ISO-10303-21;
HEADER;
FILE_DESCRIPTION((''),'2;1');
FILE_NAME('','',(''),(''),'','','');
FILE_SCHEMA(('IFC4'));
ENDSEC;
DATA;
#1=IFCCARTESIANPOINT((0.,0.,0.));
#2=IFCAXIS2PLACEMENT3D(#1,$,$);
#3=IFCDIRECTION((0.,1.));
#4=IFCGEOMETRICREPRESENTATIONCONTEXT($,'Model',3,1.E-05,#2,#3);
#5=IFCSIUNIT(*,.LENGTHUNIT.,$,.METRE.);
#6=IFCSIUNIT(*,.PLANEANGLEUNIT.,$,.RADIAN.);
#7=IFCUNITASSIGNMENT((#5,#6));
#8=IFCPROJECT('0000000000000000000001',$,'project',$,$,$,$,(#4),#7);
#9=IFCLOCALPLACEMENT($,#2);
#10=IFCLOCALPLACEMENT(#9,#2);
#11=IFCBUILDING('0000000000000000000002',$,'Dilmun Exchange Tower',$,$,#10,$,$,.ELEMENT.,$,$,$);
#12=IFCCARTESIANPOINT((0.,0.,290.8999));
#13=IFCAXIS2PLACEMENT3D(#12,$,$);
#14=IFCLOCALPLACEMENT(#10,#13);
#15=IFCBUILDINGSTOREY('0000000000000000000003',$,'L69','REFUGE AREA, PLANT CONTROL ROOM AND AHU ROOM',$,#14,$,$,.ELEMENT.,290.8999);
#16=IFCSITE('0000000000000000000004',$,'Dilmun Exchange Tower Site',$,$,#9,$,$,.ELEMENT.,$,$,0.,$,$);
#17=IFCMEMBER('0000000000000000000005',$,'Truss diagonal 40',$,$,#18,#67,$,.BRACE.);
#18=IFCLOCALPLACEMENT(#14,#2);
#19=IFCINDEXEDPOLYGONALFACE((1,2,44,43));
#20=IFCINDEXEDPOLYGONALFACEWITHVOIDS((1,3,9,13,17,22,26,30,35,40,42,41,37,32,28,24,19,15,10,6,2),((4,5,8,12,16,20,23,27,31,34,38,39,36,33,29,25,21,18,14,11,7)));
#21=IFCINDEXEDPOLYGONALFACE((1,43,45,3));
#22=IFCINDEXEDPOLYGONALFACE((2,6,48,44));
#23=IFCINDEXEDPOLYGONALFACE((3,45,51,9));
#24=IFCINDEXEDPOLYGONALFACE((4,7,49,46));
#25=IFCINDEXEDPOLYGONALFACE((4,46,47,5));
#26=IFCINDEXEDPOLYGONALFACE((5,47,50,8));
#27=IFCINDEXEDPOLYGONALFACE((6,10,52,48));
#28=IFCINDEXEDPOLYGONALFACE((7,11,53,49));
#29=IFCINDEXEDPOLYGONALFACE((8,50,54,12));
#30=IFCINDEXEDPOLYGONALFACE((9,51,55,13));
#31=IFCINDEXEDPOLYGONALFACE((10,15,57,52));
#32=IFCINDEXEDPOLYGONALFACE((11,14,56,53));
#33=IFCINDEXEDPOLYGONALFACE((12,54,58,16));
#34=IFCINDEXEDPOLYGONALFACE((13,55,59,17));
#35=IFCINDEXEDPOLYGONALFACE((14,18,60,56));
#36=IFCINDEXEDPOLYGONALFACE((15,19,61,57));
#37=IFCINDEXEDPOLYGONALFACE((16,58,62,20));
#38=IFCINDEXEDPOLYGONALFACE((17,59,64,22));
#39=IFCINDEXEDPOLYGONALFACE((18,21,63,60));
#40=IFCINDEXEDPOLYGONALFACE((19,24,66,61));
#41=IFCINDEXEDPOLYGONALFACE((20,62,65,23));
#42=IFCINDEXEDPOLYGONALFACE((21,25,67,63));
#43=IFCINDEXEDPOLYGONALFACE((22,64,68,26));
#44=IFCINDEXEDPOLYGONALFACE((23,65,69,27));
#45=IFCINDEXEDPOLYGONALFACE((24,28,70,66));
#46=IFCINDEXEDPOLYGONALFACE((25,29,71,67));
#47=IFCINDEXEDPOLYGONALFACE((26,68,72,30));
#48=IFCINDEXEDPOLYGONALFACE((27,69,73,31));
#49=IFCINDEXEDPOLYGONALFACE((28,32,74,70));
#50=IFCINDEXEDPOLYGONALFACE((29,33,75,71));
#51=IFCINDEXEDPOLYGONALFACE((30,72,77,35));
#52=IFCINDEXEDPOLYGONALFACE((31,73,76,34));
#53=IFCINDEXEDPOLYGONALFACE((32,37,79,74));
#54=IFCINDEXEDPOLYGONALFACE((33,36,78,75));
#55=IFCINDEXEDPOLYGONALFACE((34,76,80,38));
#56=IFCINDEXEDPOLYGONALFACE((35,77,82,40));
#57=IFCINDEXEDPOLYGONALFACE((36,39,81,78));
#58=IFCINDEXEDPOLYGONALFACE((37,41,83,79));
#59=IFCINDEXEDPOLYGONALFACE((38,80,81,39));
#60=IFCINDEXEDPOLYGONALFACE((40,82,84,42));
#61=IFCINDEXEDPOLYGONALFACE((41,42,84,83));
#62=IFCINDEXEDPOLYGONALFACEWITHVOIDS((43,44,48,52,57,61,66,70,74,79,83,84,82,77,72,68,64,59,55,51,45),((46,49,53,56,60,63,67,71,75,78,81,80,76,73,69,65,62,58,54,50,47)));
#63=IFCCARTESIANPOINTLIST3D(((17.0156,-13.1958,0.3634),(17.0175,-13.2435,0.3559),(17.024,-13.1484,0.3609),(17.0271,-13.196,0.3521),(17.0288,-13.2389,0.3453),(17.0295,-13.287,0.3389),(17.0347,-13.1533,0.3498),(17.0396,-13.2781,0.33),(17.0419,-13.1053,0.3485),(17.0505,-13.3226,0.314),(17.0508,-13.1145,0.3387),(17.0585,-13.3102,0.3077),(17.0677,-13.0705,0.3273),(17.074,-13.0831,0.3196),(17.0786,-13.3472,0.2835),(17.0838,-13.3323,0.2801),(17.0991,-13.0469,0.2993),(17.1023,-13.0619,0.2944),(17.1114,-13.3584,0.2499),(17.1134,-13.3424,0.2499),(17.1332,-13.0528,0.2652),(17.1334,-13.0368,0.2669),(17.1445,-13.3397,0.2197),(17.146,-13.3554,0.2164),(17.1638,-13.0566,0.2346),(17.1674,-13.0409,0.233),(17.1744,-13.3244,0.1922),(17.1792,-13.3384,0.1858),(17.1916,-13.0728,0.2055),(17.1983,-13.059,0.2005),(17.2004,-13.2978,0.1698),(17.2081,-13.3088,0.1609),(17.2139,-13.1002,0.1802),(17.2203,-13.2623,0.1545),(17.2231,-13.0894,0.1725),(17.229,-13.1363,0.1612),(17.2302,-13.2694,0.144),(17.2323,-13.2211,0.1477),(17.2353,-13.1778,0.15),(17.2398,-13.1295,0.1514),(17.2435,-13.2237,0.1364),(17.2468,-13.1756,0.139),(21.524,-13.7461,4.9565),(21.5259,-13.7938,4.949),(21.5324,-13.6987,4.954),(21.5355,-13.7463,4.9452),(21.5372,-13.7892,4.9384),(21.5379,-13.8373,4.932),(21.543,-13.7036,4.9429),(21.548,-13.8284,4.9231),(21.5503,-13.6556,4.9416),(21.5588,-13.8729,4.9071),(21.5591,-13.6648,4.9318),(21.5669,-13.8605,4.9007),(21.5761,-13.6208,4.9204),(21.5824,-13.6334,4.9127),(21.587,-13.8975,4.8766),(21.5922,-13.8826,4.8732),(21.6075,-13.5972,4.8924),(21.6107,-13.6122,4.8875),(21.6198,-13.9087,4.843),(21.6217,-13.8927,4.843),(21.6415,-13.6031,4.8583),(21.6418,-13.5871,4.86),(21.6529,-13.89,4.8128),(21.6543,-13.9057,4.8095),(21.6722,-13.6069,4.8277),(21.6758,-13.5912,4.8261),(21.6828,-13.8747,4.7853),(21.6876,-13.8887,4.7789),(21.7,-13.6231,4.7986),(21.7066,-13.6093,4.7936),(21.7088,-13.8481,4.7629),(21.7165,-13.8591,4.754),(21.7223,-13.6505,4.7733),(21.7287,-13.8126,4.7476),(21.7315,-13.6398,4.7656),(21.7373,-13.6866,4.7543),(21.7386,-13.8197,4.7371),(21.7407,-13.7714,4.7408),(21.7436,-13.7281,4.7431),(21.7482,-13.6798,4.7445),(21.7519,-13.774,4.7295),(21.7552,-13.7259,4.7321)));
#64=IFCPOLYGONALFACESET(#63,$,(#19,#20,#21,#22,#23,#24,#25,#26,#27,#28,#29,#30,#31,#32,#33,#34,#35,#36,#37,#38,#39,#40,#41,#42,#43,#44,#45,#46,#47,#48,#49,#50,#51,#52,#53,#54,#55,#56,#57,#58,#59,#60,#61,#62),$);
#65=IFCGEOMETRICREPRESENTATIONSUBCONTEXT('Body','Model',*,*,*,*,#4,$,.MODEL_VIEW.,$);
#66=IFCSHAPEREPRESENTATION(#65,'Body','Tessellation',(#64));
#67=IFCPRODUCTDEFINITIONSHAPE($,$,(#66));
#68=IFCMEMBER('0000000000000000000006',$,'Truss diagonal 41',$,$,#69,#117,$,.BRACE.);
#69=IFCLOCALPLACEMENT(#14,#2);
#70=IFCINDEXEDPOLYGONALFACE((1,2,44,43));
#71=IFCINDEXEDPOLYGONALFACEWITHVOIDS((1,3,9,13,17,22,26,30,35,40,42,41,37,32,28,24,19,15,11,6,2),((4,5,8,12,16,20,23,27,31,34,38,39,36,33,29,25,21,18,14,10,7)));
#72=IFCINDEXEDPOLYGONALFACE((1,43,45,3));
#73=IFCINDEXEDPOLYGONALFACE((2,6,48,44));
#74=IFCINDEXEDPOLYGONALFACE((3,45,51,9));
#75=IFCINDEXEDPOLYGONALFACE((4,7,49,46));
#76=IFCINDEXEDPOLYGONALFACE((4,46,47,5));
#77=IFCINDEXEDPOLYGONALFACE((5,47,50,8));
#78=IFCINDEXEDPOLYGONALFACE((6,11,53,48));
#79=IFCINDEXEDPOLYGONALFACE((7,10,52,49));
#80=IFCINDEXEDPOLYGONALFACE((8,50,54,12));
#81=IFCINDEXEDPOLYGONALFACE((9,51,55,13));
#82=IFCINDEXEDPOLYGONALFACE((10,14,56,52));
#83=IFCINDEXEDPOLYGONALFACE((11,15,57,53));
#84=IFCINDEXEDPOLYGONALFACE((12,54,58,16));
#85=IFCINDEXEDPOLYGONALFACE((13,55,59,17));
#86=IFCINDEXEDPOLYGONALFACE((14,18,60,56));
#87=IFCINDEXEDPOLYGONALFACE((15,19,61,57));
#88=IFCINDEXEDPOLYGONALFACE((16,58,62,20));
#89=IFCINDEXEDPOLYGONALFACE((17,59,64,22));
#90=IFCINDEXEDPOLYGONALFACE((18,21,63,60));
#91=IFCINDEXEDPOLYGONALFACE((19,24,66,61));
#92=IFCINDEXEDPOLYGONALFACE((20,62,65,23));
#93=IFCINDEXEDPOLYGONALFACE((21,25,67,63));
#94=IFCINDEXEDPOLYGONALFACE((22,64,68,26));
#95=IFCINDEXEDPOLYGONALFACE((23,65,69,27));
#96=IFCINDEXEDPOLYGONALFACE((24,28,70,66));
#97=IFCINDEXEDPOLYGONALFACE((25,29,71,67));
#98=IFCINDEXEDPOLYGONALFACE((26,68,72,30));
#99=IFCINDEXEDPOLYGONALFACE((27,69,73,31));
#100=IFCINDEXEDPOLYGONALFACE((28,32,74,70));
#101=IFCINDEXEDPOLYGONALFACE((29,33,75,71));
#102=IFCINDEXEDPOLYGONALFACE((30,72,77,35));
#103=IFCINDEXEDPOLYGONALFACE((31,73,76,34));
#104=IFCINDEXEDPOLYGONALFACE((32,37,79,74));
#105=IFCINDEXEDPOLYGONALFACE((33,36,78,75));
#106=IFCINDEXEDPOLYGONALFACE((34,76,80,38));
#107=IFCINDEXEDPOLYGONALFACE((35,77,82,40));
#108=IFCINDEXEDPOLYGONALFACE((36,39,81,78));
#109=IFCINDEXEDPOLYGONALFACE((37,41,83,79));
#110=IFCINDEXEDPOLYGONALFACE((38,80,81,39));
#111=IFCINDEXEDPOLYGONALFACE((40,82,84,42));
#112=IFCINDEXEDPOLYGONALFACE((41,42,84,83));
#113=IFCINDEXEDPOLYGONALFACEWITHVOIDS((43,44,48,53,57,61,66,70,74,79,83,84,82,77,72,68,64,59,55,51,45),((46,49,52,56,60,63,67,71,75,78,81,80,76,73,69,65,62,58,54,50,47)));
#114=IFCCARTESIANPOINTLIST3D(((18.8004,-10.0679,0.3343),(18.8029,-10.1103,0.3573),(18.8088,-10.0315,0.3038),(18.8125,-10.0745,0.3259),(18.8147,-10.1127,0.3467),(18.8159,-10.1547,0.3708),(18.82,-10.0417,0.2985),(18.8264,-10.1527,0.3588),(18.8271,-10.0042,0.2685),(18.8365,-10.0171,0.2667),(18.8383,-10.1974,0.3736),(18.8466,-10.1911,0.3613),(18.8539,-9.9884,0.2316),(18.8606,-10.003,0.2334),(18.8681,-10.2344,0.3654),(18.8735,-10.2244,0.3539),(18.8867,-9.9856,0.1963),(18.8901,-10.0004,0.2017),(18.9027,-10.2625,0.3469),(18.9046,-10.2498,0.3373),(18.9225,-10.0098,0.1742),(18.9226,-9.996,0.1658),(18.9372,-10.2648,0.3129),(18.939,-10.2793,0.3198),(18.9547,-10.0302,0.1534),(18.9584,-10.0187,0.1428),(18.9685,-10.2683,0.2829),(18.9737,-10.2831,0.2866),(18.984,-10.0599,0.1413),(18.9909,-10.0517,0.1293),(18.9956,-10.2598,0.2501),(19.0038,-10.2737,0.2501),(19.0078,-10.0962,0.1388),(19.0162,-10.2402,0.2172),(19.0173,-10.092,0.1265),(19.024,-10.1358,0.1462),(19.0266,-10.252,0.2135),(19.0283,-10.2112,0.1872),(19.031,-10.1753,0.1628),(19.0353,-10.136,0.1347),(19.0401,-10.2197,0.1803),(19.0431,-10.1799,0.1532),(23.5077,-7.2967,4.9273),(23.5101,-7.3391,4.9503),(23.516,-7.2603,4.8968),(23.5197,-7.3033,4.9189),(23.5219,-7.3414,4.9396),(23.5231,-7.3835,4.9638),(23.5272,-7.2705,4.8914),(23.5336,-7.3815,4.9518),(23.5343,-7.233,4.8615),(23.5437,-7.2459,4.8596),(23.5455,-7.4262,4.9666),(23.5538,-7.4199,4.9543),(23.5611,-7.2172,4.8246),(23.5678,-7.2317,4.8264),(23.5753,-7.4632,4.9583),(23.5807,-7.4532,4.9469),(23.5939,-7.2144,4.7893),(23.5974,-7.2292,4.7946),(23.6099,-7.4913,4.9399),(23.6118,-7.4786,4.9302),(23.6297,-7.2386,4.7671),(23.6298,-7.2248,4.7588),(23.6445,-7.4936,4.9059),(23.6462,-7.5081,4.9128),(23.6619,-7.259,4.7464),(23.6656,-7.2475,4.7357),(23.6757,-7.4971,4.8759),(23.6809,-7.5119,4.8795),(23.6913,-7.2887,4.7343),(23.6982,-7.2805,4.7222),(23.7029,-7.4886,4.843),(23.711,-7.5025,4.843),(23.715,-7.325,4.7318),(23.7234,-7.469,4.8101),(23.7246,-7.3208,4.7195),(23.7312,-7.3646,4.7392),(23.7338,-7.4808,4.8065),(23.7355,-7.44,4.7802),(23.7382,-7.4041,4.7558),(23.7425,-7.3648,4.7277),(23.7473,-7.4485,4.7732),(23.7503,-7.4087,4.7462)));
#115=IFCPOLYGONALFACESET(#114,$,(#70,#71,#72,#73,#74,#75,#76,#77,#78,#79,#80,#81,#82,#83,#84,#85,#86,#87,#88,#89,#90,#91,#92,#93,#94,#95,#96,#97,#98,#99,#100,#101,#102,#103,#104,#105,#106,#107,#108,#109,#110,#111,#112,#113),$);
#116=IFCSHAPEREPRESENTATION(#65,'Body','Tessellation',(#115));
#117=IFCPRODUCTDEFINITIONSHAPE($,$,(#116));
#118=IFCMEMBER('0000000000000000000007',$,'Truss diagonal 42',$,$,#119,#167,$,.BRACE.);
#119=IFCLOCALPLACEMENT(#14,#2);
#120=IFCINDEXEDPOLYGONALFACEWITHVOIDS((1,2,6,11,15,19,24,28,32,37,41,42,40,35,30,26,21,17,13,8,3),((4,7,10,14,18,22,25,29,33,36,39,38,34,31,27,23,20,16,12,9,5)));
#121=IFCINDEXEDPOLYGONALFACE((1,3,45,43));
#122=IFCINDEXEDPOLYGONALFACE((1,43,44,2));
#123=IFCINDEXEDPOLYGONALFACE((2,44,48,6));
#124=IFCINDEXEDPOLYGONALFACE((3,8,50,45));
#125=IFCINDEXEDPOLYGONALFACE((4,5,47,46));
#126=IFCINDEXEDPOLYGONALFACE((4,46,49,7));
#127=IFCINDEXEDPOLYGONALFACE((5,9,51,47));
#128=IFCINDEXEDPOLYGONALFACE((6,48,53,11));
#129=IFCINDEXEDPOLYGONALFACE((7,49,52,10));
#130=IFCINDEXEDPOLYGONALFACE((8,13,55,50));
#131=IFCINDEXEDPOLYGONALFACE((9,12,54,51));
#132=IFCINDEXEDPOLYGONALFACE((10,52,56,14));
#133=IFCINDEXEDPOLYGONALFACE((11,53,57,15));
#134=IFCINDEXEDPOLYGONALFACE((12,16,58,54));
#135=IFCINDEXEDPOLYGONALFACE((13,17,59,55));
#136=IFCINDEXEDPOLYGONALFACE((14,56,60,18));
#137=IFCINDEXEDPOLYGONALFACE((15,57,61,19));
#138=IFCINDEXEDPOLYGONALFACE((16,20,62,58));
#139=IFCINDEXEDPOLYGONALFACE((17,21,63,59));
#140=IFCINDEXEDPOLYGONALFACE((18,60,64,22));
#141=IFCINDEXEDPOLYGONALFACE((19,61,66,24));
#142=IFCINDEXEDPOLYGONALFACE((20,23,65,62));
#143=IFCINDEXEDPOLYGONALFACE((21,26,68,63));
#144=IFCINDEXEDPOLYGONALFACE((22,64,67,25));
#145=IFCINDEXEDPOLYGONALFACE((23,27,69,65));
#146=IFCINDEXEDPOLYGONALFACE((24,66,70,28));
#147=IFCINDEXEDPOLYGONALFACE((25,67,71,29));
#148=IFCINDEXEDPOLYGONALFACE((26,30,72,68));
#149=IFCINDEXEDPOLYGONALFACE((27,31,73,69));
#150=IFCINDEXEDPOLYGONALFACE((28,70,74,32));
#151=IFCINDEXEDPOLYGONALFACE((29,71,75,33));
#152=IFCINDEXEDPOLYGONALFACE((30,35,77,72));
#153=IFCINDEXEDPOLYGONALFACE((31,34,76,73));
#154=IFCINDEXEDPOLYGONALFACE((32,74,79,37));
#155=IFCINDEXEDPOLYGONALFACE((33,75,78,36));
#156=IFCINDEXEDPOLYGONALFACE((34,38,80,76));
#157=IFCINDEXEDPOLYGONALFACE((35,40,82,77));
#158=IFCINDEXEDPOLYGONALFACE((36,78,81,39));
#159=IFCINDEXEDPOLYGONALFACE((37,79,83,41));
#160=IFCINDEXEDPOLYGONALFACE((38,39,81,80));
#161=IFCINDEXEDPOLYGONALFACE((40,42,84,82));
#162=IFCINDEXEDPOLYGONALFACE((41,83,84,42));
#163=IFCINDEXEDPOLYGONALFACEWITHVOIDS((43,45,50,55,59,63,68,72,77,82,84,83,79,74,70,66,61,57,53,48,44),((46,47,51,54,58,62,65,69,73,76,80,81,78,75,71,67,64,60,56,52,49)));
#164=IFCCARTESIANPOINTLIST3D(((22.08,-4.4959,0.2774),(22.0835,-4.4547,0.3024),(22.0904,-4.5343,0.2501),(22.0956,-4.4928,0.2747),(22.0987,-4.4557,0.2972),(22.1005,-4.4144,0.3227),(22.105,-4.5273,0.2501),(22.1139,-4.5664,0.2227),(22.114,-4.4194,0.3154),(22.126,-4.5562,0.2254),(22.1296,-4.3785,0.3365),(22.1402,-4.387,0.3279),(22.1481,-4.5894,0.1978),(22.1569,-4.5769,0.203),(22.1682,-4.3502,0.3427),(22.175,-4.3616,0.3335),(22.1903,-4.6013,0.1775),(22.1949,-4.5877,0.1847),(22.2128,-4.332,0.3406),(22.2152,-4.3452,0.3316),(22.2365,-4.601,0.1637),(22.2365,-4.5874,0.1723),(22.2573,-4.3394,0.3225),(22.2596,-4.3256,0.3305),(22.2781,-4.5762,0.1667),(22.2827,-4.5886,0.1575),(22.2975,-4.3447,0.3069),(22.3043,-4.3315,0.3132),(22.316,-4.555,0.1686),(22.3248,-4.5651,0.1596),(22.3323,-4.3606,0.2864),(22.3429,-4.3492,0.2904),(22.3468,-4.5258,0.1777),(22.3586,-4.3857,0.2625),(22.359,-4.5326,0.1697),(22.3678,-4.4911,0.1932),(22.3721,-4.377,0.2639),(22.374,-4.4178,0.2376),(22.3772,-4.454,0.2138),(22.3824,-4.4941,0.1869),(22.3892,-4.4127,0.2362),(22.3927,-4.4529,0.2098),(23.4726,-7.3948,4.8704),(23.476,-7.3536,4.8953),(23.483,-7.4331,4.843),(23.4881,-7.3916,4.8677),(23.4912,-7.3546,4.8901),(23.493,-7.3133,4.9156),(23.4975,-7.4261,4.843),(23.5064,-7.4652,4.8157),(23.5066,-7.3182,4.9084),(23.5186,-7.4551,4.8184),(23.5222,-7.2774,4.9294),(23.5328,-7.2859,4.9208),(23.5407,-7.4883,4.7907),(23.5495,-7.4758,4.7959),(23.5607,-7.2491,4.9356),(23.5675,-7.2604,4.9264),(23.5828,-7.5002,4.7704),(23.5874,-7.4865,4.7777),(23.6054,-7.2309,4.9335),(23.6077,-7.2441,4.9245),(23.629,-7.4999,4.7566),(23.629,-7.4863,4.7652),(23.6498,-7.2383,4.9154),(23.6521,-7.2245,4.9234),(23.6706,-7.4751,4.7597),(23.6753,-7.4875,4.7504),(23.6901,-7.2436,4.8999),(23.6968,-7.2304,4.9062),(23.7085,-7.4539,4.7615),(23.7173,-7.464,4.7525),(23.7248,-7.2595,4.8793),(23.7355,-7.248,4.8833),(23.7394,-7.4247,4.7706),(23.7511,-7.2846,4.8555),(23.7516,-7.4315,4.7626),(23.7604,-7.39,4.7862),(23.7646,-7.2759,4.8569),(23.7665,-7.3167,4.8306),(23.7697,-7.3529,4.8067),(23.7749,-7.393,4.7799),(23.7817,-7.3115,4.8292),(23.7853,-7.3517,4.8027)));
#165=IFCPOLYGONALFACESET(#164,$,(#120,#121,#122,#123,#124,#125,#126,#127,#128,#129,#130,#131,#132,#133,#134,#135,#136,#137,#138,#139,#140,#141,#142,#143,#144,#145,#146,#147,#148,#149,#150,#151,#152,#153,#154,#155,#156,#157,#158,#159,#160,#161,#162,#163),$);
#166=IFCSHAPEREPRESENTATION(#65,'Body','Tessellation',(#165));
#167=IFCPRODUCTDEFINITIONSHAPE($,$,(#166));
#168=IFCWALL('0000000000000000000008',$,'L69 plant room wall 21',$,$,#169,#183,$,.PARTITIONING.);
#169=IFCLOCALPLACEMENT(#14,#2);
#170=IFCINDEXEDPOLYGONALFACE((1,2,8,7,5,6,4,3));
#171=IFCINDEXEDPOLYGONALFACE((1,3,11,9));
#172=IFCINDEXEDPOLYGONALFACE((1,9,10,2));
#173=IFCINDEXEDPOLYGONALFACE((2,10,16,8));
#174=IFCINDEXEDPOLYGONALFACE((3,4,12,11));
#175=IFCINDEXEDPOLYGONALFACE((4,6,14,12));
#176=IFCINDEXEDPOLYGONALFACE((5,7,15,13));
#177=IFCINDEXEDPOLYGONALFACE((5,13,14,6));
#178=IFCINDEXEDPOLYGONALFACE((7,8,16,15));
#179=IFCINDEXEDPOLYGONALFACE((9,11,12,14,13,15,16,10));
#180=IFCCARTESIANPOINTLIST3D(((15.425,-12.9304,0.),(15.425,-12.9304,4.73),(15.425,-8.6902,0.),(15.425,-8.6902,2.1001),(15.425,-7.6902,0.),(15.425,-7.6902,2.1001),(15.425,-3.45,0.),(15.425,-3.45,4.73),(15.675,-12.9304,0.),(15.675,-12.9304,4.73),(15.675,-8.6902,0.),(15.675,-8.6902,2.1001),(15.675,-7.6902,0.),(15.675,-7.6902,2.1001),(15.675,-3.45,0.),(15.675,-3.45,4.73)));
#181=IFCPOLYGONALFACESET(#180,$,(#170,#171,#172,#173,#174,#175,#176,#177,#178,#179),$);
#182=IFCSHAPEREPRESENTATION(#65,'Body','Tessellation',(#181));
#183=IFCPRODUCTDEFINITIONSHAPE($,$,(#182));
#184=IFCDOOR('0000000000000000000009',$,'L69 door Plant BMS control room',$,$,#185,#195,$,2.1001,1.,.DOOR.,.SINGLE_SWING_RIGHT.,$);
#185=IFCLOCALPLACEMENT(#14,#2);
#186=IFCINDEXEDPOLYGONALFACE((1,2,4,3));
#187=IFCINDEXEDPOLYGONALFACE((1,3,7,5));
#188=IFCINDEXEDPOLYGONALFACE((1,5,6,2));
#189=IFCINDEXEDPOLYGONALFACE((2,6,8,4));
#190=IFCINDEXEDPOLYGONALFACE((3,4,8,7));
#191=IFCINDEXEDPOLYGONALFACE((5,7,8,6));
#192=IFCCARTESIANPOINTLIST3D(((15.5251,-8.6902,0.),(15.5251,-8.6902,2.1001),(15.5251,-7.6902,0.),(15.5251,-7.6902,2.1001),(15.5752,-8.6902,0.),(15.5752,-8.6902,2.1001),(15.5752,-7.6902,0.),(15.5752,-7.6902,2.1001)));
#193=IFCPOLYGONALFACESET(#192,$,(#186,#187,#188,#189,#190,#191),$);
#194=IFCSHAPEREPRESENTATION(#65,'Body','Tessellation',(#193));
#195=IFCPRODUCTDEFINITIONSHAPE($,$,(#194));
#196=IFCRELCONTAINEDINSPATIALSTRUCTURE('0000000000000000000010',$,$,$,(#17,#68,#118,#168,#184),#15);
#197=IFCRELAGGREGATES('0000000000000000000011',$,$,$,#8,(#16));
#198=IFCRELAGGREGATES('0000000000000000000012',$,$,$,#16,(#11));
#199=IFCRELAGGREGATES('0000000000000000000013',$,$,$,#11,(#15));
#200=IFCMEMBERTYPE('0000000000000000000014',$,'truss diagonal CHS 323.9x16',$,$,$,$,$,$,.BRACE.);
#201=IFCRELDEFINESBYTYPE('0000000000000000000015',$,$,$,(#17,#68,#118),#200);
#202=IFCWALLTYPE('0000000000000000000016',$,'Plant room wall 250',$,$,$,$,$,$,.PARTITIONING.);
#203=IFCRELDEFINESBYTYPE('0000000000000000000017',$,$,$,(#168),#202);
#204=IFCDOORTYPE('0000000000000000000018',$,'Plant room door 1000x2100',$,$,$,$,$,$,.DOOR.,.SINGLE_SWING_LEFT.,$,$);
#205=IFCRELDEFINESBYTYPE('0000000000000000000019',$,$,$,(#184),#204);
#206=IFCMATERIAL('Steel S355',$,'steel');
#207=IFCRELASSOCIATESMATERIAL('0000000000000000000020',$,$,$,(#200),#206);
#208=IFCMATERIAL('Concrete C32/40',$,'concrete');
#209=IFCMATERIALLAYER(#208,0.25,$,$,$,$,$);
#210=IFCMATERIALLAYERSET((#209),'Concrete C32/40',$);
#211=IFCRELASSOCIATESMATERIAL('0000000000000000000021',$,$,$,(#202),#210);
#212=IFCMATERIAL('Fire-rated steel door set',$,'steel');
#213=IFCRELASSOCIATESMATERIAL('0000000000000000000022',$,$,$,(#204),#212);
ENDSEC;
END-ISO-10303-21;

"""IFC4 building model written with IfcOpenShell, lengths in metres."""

from ifc_helpers import new_model, si_unit, direction, frame, frame_2d, origin, origin_2d, place, context, subcontext, project, spatial, rectangle, hollow_circle, extrude, material, layer, layer_set, material_profile, profile_set, type_object, element, fill, save


model = new_model("IFC4")

# Units and contexts
model_context = context("Model", 3, precision=1e-05, world=origin(), true_north=direction((0.0, 1.0)))
body_context = subcontext(model_context, "Body", "Model", "MODEL_VIEW")
ifc_project = project(units=[si_unit("LENGTHUNIT", "METRE"), si_unit("PLANEANGLEUNIT", "RADIAN")], contexts=[model_context])

# Site, building, storey
site_placement = place(None, origin())
site = spatial("IfcSite", under=ifc_project, at=site_placement, Name="Dilmun Exchange Tower Site", CompositionType="ELEMENT", RefElevation=0.0)
building_placement = place(site_placement, origin())
building = spatial("IfcBuilding", under=site, at=building_placement, Name="Dilmun Exchange Tower", CompositionType="ELEMENT")
storey_placement = place(building_placement, frame((0.0, 0.0, 290.8999)))
storey = spatial("IfcBuildingStorey", under=building, at=storey_placement, Name="L69", Description="REFUGE AREA, PLANT CONTROL ROOM AND AHU ROOM", CompositionType="ELEMENT", Elevation=290.8999)

# Shared definitions
ifc_material_1 = material(Name="Steel S355", Category="steel")

# Members
ifc_material_profile_1 = material_profile(ifc_material_1, hollow_circle(Radius=0.1619, WallThickness=0.0161, at=origin_2d()), Name="CHS 323.9x16")
ifc_profile_set_1 = profile_set([ifc_material_profile_1], Name="Steel S355")
member_type = type_object("IfcMemberType", Name="truss diagonal CHS 323.9x16", PredefinedType="BRACE", material=ifc_profile_set_1)
member_1_placement = place(storey_placement, frame((21.6394, -13.748, 4.843), z_axis=(-0.697948, 0.085193, -0.711063), x_axis=(-0.121163, -0.992633, 0.0)))
element("IfcMember", 1, at=member_1_placement, inside=storey, type_object=member_type, Name="Truss diagonal 40", PredefinedType="BRACE", context=body_context, shape_type="SweptSolid", body=[
    extrude(hollow_circle(Radius=0.1619, WallThickness=0.0161, at=origin_2d()), origin(), (0.0, 0.0, 1.0), 6.4595),
])
member_2_placement = place(storey_placement, frame((23.6289, -7.363, 4.843), z_axis=(-0.659577, -0.388302, -0.643568), x_axis=(0.507327, -0.861754, 0.0)))
element("IfcMember", 2, at=member_2_placement, inside=storey, type_object=member_type, Name="Truss diagonal 41", PredefinedType="BRACE", context=body_context, shape_type="SweptSolid", body=[
    extrude(hollow_circle(Radius=0.1619, WallThickness=0.0161, at=origin_2d()), origin(), (0.0, 0.0, 1.0), 7.1367),
])
member_3_placement = place(storey_placement, frame((23.6289, -7.363, 4.843), z_axis=(-0.248363, 0.517016, -0.819152), x_axis=(-0.90139, -0.433007, 0.0)))
element("IfcMember", 3, at=member_3_placement, inside=storey, type_object=member_type, Name="Truss diagonal 42", PredefinedType="BRACE", context=body_context, shape_type="SweptSolid", body=[
    extrude(hollow_circle(Radius=0.1619, WallThickness=0.0161, at=origin_2d()), origin(), (0.0, 0.0, 1.0), 5.6069),
])

# Wall, opening, door
ifc_material_2 = material(Name="Concrete C32/40", Category="concrete")
ifc_layer_1 = layer(ifc_material_2, 0.25)
ifc_layer_set_1 = layer_set([ifc_layer_1], Name="Concrete C32/40")
wall_type_1 = type_object("IfcWallType", Name="Plant room wall 250", PredefinedType="PARTITIONING", material=ifc_layer_set_1)
wall_1_placement = place(storey_placement, frame((15.55, -12.9304, 0.0), z_axis=(0.0, 0.0, 1.0), x_axis=(0.0, 1.0, 0.0)))
wall_1 = element("IfcWall", 4, at=wall_1_placement, inside=storey, type_object=wall_type_1, Name="L69 plant room wall 21", PredefinedType="PARTITIONING", context=body_context, shape_type="SweptSolid", body=[
    extrude(rectangle(XDim=9.4805, YDim=0.25, at=frame_2d((4.7402, 0.0))), origin(), (0.0, 0.0, 1.0), 4.73),
])
opening_1_placement = place(wall_1_placement, frame((4.2402, 0.0, 0.0)))
opening_1 = element("IfcOpeningElement", 5, at=opening_1_placement, cuts=wall_1, PredefinedType="OPENING", context=body_context, shape_type="SweptSolid", body=[
    extrude(rectangle(XDim=1.0, YDim=2.1001, at=frame_2d((0.5, 1.05))), frame((0.0, 0.135, 0.0), z_axis=(0.0, -1.0, 0.0), x_axis=(1.0, 0.0, 0.0)), (0.0, 0.0, 1.0), 0.27),
])
ifc_material_3 = material(Name="Fire-rated steel door set", Category="steel")
door_type_1 = type_object("IfcDoorType", Name="Plant room door 1000x2100", OperationType="SINGLE_SWING_LEFT", PredefinedType="DOOR", material=ifc_material_3)
door_1_placement = place(opening_1_placement, origin())
door_1 = element("IfcDoor", 6, at=door_1_placement, inside=storey, type_object=door_type_1, Name="L69 door Plant BMS control room", OperationType="SINGLE_SWING_RIGHT", OverallHeight=2.1001, OverallWidth=1.0, PredefinedType="DOOR", context=body_context, shape_type="SweptSolid", body=[
    extrude(rectangle(XDim=1.0, YDim=2.1001, at=frame_2d((0.5, 1.05))), frame((0.0, 0.0249, 0.0), z_axis=(0.0, -1.0, 0.0), x_axis=(1.0, 0.0, 0.0)), (0.0, 0.0, 1.0), 0.05),
])
fill(opening_1, door_1)

save(model, "model.ifc")
